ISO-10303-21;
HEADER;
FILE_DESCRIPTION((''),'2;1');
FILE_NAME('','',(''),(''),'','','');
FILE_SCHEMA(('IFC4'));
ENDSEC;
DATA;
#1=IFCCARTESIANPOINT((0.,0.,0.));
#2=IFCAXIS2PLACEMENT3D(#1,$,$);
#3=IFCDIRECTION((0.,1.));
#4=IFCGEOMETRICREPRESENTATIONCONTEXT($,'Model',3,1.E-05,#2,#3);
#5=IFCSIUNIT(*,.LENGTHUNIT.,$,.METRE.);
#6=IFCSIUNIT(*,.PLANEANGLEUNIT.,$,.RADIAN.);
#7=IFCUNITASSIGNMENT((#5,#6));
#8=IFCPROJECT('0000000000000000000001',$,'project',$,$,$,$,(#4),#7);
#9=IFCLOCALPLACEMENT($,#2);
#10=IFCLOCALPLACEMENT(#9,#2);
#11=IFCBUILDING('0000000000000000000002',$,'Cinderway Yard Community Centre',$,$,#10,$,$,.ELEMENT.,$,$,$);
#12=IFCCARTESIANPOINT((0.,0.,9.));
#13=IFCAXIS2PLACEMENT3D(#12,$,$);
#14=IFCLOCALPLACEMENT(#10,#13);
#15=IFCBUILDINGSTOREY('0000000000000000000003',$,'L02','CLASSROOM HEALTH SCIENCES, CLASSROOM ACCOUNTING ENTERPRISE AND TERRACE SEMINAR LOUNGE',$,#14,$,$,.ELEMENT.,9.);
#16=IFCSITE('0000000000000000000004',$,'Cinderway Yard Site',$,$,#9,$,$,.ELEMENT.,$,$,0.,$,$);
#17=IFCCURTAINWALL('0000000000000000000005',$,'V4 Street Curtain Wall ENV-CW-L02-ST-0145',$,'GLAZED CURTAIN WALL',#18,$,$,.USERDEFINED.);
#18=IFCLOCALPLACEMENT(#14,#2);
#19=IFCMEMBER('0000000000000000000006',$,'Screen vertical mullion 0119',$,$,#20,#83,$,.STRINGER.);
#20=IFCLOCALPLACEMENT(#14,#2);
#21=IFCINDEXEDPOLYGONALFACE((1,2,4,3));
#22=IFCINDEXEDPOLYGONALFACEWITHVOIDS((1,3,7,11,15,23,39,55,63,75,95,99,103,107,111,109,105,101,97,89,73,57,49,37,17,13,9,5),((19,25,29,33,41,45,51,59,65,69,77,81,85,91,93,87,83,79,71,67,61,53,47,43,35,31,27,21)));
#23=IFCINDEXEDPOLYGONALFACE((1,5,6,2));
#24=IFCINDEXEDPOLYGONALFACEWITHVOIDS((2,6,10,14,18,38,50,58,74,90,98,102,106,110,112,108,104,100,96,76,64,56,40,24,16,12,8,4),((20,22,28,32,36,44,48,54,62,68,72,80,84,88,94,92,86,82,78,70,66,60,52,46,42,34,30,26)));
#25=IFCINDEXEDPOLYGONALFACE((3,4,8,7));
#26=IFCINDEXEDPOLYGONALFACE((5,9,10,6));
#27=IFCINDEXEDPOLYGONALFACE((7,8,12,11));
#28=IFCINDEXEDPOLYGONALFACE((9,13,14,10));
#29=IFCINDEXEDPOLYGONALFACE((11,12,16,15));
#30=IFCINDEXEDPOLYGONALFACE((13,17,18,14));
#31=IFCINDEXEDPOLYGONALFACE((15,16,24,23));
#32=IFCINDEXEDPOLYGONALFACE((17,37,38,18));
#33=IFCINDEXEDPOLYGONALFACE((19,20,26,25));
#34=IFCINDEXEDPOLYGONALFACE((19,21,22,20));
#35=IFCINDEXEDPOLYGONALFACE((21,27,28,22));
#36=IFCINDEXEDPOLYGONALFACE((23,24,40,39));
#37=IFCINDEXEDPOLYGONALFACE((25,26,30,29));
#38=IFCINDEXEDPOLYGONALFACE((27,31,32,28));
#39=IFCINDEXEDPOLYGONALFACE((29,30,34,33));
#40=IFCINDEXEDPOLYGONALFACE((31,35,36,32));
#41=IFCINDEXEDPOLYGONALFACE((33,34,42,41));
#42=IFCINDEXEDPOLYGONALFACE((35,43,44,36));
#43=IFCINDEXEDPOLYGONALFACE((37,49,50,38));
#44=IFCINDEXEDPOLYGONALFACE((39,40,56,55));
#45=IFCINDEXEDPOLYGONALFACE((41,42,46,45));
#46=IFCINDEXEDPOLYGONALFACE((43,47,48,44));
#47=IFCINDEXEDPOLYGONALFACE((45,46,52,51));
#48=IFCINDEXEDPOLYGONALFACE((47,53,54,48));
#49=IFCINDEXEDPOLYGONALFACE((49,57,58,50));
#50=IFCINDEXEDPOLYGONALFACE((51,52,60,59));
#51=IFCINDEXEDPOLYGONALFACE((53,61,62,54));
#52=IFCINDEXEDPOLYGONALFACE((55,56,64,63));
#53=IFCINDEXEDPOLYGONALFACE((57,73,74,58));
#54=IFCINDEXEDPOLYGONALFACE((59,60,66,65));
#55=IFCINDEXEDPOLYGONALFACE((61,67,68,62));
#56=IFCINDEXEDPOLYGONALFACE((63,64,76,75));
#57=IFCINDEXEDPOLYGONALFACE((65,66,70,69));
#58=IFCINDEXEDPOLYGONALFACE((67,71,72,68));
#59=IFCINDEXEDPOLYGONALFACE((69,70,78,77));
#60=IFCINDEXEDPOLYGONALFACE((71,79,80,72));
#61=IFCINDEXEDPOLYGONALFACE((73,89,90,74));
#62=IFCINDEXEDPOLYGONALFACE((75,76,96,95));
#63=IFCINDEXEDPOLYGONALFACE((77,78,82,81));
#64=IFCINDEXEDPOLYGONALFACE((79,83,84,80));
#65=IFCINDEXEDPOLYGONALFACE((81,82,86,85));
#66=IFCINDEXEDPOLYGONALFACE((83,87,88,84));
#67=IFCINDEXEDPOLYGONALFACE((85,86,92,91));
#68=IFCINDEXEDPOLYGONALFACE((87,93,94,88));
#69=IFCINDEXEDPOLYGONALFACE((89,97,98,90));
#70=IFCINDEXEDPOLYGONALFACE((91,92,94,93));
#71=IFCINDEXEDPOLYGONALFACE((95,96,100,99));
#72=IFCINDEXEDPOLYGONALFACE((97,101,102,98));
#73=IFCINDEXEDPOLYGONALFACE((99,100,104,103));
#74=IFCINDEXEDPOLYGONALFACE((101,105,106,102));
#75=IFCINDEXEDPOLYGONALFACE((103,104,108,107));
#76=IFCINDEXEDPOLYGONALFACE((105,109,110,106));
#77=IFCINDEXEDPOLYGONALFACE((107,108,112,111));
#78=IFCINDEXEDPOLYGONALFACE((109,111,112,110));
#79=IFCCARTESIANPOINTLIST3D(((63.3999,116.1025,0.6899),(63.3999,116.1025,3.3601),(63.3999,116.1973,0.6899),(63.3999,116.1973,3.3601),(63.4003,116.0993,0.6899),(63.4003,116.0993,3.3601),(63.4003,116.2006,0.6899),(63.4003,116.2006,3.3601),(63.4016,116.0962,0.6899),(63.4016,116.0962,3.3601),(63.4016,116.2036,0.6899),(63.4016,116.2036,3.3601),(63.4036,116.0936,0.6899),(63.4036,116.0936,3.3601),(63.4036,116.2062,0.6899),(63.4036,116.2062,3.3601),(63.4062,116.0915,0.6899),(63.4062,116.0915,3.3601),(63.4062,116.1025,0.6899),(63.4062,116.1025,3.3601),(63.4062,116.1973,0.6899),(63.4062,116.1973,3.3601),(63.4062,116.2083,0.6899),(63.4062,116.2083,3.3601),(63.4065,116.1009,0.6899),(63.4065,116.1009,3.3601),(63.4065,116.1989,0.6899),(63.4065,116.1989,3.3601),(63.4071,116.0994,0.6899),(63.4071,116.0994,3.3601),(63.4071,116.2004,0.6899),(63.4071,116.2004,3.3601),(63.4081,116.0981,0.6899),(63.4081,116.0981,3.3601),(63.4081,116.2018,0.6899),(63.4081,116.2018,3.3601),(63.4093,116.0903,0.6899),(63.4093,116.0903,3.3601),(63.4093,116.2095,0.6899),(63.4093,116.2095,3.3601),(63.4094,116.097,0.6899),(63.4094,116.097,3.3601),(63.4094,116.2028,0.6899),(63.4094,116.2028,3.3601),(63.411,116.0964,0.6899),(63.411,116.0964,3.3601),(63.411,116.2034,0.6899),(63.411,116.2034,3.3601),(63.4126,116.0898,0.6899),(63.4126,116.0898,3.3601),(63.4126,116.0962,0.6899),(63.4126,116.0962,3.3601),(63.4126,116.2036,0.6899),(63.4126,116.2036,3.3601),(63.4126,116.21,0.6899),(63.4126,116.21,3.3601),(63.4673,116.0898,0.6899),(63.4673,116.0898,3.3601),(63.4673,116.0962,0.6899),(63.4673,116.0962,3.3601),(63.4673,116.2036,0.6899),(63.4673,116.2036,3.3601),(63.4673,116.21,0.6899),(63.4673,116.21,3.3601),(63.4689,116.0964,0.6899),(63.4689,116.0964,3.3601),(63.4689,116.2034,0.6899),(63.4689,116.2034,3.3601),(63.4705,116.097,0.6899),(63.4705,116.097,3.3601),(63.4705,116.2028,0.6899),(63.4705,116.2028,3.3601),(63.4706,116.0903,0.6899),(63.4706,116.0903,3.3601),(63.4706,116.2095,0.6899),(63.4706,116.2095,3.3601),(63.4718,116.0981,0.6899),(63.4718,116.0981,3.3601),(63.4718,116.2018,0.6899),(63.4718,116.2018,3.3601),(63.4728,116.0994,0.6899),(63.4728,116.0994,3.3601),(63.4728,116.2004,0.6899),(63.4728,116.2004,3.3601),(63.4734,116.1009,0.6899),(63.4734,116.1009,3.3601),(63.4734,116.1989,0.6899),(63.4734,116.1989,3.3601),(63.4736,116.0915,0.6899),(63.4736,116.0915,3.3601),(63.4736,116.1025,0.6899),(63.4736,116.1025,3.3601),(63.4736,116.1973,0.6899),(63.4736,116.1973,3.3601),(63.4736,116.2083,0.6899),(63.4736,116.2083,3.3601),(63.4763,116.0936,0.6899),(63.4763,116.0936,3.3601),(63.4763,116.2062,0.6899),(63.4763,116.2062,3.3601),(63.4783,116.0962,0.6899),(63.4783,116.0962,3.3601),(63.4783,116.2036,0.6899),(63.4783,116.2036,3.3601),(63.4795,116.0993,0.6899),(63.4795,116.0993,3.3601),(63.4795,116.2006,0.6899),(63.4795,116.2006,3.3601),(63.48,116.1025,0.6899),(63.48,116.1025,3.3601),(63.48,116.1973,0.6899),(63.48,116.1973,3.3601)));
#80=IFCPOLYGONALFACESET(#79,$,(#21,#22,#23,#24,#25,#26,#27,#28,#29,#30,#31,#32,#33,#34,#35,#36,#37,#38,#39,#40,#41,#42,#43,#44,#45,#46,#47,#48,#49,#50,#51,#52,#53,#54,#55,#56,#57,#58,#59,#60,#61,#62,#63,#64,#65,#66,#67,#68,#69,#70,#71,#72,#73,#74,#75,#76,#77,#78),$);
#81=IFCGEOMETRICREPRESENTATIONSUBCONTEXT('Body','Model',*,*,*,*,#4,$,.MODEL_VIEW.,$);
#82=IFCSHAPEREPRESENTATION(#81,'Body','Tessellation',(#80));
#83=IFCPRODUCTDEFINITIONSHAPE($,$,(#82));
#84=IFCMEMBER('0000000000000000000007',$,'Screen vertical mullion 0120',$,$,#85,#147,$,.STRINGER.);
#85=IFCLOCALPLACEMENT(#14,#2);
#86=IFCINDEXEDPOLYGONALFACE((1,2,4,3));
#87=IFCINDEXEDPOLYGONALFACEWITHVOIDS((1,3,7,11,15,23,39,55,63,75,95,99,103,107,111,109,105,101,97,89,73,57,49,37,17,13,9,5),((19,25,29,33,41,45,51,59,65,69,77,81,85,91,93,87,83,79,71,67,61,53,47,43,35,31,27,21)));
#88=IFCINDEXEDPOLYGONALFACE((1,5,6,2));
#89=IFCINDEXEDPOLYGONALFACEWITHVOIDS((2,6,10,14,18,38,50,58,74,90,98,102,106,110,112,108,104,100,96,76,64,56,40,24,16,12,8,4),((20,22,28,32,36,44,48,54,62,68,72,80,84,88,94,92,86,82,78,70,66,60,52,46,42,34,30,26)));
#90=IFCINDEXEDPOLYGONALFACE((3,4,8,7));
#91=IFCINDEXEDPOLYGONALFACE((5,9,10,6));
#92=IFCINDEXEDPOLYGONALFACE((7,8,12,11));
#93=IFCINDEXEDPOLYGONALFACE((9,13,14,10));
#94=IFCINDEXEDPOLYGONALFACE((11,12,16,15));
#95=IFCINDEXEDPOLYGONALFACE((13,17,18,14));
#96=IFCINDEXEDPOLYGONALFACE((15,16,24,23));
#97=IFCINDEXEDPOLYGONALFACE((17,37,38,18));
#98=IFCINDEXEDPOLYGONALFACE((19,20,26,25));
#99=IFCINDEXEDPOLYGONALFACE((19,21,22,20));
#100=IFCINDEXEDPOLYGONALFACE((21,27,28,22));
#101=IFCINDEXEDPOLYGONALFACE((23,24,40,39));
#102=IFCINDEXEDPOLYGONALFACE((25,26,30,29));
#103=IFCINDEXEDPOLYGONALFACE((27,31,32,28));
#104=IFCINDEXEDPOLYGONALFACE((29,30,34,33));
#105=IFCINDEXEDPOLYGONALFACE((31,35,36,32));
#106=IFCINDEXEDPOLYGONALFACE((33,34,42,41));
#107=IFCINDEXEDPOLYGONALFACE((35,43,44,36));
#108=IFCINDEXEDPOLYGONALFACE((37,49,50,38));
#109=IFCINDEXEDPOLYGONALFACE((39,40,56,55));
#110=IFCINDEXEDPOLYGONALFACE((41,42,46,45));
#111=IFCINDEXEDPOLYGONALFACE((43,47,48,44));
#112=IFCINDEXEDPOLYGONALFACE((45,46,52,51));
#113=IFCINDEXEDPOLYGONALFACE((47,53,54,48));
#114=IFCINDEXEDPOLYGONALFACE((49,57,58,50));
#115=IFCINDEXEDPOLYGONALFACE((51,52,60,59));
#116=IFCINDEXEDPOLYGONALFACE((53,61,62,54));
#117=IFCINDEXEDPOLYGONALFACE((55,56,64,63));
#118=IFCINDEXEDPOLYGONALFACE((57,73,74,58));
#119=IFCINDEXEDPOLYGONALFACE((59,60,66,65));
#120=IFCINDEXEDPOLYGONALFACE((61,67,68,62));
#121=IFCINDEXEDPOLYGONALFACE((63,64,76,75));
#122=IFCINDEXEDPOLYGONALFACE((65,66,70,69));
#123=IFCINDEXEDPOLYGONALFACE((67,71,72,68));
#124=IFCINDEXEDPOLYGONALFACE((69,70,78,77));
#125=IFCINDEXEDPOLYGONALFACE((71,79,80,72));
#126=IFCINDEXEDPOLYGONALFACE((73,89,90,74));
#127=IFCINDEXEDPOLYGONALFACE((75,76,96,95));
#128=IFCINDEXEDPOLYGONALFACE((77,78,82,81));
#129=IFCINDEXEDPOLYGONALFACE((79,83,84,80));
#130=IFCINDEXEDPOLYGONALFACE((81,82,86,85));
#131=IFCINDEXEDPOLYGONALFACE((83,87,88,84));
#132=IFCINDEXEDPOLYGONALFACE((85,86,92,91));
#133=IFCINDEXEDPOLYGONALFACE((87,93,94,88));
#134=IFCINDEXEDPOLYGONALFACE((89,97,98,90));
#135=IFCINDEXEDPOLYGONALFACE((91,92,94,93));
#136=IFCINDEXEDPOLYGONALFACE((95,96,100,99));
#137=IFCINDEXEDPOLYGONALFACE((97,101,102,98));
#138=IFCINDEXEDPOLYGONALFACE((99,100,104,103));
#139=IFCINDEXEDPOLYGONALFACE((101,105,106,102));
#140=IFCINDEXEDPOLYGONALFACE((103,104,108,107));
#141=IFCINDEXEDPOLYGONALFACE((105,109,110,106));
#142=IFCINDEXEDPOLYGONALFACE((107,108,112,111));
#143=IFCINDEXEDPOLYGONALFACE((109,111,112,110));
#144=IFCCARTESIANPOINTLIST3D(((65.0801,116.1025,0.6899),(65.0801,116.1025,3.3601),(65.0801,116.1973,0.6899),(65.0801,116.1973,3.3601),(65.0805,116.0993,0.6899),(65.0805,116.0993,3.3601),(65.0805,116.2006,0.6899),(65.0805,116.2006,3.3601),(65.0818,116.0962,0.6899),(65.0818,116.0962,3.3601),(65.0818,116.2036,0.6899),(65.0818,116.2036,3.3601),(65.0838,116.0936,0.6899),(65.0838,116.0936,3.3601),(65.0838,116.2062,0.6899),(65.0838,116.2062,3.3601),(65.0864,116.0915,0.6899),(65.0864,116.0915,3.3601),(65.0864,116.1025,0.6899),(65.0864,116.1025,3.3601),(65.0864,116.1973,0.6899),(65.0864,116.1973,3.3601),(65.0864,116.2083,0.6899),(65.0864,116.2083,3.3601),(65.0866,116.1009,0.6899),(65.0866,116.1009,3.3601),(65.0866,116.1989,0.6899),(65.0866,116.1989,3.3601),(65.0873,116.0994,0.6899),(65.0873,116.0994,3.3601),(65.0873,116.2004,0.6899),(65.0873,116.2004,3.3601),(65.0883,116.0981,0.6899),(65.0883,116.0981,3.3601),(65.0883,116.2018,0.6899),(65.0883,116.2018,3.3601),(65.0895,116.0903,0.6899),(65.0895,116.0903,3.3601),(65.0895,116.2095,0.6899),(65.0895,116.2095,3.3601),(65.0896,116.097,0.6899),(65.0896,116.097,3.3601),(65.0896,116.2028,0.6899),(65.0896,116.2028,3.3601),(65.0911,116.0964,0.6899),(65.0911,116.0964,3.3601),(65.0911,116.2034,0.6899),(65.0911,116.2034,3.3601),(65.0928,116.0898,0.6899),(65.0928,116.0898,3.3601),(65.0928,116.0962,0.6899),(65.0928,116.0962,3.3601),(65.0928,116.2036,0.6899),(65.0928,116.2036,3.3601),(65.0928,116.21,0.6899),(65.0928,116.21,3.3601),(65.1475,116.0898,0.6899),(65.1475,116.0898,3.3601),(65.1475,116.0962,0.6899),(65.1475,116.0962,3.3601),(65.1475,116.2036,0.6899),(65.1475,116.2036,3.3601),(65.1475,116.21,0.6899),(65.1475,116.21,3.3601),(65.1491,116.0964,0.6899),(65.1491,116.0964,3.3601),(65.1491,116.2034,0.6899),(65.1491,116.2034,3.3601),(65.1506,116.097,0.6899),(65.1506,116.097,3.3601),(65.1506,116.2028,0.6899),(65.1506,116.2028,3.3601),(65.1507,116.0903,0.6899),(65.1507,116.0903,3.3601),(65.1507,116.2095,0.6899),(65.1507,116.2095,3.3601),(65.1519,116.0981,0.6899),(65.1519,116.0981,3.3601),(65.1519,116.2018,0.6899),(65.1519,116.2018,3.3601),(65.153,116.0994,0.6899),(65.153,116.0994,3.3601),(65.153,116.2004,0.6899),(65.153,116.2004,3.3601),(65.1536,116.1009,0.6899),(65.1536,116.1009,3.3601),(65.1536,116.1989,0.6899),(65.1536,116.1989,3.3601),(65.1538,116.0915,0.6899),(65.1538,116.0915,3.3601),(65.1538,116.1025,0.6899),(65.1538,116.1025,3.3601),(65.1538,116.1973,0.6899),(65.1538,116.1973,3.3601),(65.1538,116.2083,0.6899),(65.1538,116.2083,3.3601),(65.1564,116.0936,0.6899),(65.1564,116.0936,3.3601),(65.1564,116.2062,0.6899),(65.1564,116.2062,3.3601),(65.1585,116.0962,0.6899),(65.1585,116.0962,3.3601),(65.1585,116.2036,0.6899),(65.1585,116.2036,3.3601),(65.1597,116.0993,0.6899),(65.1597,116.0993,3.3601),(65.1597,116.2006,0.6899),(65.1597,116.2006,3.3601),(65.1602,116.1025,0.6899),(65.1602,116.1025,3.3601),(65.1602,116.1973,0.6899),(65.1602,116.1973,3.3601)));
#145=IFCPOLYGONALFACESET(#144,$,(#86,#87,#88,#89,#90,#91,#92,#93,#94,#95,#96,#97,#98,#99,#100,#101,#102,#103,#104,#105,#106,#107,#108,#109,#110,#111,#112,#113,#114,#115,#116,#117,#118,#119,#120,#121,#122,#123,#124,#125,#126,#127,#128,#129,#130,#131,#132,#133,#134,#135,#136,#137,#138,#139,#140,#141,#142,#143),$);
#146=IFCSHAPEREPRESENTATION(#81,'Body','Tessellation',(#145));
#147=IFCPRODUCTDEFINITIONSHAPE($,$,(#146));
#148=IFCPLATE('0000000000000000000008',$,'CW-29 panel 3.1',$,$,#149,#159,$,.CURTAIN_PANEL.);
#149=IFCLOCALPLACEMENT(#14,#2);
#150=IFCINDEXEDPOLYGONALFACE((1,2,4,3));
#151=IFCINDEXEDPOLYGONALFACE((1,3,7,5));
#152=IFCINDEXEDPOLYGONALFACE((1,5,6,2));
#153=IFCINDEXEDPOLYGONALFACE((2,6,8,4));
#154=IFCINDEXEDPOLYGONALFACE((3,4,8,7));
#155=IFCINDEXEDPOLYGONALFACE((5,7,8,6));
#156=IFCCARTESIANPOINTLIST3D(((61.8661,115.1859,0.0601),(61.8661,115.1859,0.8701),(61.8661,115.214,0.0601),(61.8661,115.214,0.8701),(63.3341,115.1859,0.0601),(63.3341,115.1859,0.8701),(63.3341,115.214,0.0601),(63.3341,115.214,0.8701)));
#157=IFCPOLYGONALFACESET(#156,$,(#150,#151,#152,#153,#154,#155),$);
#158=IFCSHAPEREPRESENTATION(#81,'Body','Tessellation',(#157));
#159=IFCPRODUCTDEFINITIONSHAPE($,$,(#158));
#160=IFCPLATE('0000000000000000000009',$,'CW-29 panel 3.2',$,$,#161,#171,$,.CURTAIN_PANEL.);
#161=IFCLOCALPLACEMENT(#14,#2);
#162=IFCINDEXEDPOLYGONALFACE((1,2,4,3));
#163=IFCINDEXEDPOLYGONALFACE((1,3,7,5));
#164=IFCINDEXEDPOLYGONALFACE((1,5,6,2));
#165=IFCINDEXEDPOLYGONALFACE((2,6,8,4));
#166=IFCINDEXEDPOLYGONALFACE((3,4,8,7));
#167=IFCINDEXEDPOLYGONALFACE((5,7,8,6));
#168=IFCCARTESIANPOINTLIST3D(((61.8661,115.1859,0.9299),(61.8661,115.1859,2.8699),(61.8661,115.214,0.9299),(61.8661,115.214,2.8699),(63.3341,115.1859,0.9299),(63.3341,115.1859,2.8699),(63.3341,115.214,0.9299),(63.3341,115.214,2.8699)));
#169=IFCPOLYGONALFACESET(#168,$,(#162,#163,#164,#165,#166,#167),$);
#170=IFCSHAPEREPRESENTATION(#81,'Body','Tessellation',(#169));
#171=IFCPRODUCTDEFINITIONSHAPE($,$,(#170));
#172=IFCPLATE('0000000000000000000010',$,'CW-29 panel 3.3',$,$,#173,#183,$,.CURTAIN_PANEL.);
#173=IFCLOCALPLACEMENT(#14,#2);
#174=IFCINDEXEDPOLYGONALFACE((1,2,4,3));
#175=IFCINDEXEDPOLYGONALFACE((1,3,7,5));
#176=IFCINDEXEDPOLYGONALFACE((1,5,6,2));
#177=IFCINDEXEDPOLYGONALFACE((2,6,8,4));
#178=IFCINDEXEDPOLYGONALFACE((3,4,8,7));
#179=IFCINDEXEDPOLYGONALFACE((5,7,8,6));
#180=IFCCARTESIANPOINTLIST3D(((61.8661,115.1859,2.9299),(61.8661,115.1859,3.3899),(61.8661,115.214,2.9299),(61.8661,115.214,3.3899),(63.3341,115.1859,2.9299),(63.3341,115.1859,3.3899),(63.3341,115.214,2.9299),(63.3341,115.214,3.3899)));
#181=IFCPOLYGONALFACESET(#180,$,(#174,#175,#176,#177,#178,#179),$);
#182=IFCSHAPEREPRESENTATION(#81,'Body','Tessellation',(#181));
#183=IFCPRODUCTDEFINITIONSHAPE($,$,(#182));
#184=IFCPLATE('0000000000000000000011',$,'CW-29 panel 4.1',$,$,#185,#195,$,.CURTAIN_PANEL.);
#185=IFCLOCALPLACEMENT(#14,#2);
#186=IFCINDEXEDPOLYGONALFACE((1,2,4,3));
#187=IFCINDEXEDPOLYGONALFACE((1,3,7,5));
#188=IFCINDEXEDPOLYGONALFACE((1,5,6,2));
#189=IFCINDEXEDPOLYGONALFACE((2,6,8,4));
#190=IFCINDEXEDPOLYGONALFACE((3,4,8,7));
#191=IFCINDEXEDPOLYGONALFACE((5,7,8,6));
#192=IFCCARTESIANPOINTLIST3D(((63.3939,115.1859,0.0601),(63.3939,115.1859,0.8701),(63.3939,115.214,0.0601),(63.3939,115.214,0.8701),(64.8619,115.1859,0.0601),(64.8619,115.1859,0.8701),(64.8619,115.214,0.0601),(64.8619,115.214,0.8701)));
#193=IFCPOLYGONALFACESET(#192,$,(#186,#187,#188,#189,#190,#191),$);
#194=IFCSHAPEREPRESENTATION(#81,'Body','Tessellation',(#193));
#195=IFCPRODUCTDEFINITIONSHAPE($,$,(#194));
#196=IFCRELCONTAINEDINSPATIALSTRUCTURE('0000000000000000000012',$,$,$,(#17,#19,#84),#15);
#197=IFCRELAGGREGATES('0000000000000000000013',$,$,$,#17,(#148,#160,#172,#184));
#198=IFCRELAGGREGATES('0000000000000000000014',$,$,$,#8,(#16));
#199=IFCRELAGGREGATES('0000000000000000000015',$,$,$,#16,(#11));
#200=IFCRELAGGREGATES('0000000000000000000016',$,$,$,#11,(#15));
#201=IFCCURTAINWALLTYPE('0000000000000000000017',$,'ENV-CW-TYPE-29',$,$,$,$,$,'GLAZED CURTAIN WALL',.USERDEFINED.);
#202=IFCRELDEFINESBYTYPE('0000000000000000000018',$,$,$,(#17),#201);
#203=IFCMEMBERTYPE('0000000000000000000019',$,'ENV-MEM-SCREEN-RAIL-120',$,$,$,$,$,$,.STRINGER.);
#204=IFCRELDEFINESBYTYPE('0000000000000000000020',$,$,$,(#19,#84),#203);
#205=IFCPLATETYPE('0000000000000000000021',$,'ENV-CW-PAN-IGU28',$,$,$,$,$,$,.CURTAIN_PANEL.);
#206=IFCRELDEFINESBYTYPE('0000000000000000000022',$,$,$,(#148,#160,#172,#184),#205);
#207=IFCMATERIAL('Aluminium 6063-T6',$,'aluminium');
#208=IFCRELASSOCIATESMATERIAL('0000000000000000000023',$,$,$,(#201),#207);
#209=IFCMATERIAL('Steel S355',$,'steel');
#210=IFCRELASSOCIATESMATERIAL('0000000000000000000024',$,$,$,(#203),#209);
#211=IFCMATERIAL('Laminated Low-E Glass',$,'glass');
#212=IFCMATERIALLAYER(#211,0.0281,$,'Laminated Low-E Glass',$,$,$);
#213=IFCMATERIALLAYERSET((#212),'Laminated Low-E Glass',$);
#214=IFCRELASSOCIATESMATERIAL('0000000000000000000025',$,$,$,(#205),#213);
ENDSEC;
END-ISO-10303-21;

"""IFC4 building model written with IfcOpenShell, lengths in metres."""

from ifc_helpers import new_model, si_unit, direction, frame, origin, origin_2d, place, context, subcontext, project, spatial, rectangle, hollow_rectangle, extrude, material, layer, layer_set, material_profile, profile_set, type_object, element, aggregate, save


model = new_model("IFC4")

# Units and contexts
model_context = context("Model", 3, precision=1e-05, world=origin(), true_north=direction((0.0, 1.0)))
body_context = subcontext(model_context, "Body", "Model", "MODEL_VIEW")
ifc_project = project(units=[si_unit("LENGTHUNIT", "METRE"), si_unit("PLANEANGLEUNIT", "RADIAN")], contexts=[model_context])

# Site, building, storey
site_placement = place(None, origin())
site = spatial("IfcSite", under=ifc_project, at=site_placement, Name="Cinderway Yard Site", CompositionType="ELEMENT", RefElevation=0.0)
building_placement = place(site_placement, origin())
building = spatial("IfcBuilding", under=site, at=building_placement, Name="Cinderway Yard Community Centre", CompositionType="ELEMENT")
storey_placement = place(building_placement, frame((0.0, 0.0, 9.0)))
storey = spatial("IfcBuildingStorey", under=building, at=storey_placement, Name="L02", Description="CLASSROOM HEALTH SCIENCES, CLASSROOM ACCOUNTING ENTERPRISE AND TERRACE SEMINAR LOUNGE", CompositionType="ELEMENT", Elevation=9.0)

# Curtain wall
ifc_material_1 = material(Name="Aluminium 6063-T6", Category="aluminium")
curtain_wall_type = type_object("IfcCurtainWallType", Name="ENV-CW-TYPE-29", ElementType="GLAZED CURTAIN WALL", PredefinedType="USERDEFINED", material=ifc_material_1)
curtain_wall_placement = place(storey_placement, origin())
curtain_wall = element("IfcCurtainWall", 1, at=curtain_wall_placement, inside=storey, type_object=curtain_wall_type, Name="V4 Street Curtain Wall ENV-CW-L02-ST-0145", ObjectType="GLAZED CURTAIN WALL", PredefinedType="USERDEFINED")

# Members
ifc_material_2 = material(Name="Steel S355", Category="steel")
ifc_material_profile_1 = material_profile(ifc_material_2, hollow_rectangle(XDim=0.0801, YDim=0.1201, WallThickness=0.0063, InnerFilletRadius=0.0063, OuterFilletRadius=0.0127, at=origin_2d()), Name="Steel S355")
ifc_profile_set_1 = profile_set([ifc_material_profile_1], Name="Steel S355")
member_type_1 = type_object("IfcMemberType", Name="ENV-MEM-SCREEN-RAIL-120", PredefinedType="STRINGER", material=ifc_profile_set_1)
for number, where, z_axis, x_axis, name in (
    (2, (63.4399, 116.1499, 0.6899), (0.0, 0.0, 1.0), (1.0, 0.0, 0.0), "Screen vertical mullion 0119"),
    (3, (65.1201, 116.1499, 0.6899), (0.0, 0.0, 1.0), (1.0, 0.0, 0.0), "Screen vertical mullion 0120"),
):
    element("IfcMember", number, at=place(storey_placement, frame(where, z_axis=z_axis, x_axis=x_axis)), inside=storey, type_object=member_type_1, Name=name, PredefinedType="STRINGER", context=body_context, shape_type="SweptSolid", body=[
        extrude(hollow_rectangle(XDim=0.0801, YDim=0.1201, WallThickness=0.0063, InnerFilletRadius=0.0063, OuterFilletRadius=0.0127, at=origin_2d()), origin(), (0.0, 0.0, 1.0), 2.6702),
    ])

# Plates
ifc_material_3 = material(Name="Laminated Low-E Glass", Category="glass")
ifc_layer_1 = layer(ifc_material_3, 0.0281, Name="Laminated Low-E Glass")
ifc_layer_set_1 = layer_set([ifc_layer_1], Name="Laminated Low-E Glass")
plate_type_1 = type_object("IfcPlateType", Name="ENV-CW-PAN-IGU28", PredefinedType="CURTAIN_PANEL", material=ifc_layer_set_1)
plate_1_placement = place(storey_placement, frame((62.6001, 115.2, 0.0601), z_axis=(0.0, 0.0, 1.0), x_axis=(1.0, 0.0, 0.0)))
plate_1 = element("IfcPlate", 4, at=plate_1_placement, type_object=plate_type_1, Name="CW-29 panel 3.1", PredefinedType="CURTAIN_PANEL", context=body_context, shape_type="SweptSolid", body=[
    extrude(rectangle(XDim=1.468, YDim=0.0281, at=origin_2d()), origin(), (0.0, 0.0, 1.0), 0.8101),
])
plate_2_placement = place(storey_placement, frame((62.6001, 115.2, 0.9299), z_axis=(0.0, 0.0, 1.0), x_axis=(1.0, 0.0, 0.0)))
plate_2 = element("IfcPlate", 5, at=plate_2_placement, type_object=plate_type_1, Name="CW-29 panel 3.2", PredefinedType="CURTAIN_PANEL", context=body_context, shape_type="SweptSolid", body=[
    extrude(rectangle(XDim=1.468, YDim=0.0281, at=origin_2d()), origin(), (0.0, 0.0, 1.0), 1.9399),
])
plate_3_placement = place(storey_placement, frame((62.6001, 115.2, 2.9299), z_axis=(0.0, 0.0, 1.0), x_axis=(1.0, 0.0, 0.0)))
plate_3 = element("IfcPlate", 6, at=plate_3_placement, type_object=plate_type_1, Name="CW-29 panel 3.3", PredefinedType="CURTAIN_PANEL", context=body_context, shape_type="SweptSolid", body=[
    extrude(rectangle(XDim=1.468, YDim=0.0281, at=origin_2d()), origin(), (0.0, 0.0, 1.0), 0.46),
])
plate_4_placement = place(storey_placement, frame((64.1279, 115.2, 0.0601), z_axis=(0.0, 0.0, 1.0), x_axis=(1.0, 0.0, 0.0)))
plate_4 = element("IfcPlate", 7, at=plate_4_placement, type_object=plate_type_1, Name="CW-29 panel 4.1", PredefinedType="CURTAIN_PANEL", context=body_context, shape_type="SweptSolid", body=[
    extrude(rectangle(XDim=1.468, YDim=0.0281, at=origin_2d()), origin(), (0.0, 0.0, 1.0), 0.8101),
])
aggregate(curtain_wall, [plate_1, plate_2, plate_3, plate_4])

save(model, "model.ifc")
